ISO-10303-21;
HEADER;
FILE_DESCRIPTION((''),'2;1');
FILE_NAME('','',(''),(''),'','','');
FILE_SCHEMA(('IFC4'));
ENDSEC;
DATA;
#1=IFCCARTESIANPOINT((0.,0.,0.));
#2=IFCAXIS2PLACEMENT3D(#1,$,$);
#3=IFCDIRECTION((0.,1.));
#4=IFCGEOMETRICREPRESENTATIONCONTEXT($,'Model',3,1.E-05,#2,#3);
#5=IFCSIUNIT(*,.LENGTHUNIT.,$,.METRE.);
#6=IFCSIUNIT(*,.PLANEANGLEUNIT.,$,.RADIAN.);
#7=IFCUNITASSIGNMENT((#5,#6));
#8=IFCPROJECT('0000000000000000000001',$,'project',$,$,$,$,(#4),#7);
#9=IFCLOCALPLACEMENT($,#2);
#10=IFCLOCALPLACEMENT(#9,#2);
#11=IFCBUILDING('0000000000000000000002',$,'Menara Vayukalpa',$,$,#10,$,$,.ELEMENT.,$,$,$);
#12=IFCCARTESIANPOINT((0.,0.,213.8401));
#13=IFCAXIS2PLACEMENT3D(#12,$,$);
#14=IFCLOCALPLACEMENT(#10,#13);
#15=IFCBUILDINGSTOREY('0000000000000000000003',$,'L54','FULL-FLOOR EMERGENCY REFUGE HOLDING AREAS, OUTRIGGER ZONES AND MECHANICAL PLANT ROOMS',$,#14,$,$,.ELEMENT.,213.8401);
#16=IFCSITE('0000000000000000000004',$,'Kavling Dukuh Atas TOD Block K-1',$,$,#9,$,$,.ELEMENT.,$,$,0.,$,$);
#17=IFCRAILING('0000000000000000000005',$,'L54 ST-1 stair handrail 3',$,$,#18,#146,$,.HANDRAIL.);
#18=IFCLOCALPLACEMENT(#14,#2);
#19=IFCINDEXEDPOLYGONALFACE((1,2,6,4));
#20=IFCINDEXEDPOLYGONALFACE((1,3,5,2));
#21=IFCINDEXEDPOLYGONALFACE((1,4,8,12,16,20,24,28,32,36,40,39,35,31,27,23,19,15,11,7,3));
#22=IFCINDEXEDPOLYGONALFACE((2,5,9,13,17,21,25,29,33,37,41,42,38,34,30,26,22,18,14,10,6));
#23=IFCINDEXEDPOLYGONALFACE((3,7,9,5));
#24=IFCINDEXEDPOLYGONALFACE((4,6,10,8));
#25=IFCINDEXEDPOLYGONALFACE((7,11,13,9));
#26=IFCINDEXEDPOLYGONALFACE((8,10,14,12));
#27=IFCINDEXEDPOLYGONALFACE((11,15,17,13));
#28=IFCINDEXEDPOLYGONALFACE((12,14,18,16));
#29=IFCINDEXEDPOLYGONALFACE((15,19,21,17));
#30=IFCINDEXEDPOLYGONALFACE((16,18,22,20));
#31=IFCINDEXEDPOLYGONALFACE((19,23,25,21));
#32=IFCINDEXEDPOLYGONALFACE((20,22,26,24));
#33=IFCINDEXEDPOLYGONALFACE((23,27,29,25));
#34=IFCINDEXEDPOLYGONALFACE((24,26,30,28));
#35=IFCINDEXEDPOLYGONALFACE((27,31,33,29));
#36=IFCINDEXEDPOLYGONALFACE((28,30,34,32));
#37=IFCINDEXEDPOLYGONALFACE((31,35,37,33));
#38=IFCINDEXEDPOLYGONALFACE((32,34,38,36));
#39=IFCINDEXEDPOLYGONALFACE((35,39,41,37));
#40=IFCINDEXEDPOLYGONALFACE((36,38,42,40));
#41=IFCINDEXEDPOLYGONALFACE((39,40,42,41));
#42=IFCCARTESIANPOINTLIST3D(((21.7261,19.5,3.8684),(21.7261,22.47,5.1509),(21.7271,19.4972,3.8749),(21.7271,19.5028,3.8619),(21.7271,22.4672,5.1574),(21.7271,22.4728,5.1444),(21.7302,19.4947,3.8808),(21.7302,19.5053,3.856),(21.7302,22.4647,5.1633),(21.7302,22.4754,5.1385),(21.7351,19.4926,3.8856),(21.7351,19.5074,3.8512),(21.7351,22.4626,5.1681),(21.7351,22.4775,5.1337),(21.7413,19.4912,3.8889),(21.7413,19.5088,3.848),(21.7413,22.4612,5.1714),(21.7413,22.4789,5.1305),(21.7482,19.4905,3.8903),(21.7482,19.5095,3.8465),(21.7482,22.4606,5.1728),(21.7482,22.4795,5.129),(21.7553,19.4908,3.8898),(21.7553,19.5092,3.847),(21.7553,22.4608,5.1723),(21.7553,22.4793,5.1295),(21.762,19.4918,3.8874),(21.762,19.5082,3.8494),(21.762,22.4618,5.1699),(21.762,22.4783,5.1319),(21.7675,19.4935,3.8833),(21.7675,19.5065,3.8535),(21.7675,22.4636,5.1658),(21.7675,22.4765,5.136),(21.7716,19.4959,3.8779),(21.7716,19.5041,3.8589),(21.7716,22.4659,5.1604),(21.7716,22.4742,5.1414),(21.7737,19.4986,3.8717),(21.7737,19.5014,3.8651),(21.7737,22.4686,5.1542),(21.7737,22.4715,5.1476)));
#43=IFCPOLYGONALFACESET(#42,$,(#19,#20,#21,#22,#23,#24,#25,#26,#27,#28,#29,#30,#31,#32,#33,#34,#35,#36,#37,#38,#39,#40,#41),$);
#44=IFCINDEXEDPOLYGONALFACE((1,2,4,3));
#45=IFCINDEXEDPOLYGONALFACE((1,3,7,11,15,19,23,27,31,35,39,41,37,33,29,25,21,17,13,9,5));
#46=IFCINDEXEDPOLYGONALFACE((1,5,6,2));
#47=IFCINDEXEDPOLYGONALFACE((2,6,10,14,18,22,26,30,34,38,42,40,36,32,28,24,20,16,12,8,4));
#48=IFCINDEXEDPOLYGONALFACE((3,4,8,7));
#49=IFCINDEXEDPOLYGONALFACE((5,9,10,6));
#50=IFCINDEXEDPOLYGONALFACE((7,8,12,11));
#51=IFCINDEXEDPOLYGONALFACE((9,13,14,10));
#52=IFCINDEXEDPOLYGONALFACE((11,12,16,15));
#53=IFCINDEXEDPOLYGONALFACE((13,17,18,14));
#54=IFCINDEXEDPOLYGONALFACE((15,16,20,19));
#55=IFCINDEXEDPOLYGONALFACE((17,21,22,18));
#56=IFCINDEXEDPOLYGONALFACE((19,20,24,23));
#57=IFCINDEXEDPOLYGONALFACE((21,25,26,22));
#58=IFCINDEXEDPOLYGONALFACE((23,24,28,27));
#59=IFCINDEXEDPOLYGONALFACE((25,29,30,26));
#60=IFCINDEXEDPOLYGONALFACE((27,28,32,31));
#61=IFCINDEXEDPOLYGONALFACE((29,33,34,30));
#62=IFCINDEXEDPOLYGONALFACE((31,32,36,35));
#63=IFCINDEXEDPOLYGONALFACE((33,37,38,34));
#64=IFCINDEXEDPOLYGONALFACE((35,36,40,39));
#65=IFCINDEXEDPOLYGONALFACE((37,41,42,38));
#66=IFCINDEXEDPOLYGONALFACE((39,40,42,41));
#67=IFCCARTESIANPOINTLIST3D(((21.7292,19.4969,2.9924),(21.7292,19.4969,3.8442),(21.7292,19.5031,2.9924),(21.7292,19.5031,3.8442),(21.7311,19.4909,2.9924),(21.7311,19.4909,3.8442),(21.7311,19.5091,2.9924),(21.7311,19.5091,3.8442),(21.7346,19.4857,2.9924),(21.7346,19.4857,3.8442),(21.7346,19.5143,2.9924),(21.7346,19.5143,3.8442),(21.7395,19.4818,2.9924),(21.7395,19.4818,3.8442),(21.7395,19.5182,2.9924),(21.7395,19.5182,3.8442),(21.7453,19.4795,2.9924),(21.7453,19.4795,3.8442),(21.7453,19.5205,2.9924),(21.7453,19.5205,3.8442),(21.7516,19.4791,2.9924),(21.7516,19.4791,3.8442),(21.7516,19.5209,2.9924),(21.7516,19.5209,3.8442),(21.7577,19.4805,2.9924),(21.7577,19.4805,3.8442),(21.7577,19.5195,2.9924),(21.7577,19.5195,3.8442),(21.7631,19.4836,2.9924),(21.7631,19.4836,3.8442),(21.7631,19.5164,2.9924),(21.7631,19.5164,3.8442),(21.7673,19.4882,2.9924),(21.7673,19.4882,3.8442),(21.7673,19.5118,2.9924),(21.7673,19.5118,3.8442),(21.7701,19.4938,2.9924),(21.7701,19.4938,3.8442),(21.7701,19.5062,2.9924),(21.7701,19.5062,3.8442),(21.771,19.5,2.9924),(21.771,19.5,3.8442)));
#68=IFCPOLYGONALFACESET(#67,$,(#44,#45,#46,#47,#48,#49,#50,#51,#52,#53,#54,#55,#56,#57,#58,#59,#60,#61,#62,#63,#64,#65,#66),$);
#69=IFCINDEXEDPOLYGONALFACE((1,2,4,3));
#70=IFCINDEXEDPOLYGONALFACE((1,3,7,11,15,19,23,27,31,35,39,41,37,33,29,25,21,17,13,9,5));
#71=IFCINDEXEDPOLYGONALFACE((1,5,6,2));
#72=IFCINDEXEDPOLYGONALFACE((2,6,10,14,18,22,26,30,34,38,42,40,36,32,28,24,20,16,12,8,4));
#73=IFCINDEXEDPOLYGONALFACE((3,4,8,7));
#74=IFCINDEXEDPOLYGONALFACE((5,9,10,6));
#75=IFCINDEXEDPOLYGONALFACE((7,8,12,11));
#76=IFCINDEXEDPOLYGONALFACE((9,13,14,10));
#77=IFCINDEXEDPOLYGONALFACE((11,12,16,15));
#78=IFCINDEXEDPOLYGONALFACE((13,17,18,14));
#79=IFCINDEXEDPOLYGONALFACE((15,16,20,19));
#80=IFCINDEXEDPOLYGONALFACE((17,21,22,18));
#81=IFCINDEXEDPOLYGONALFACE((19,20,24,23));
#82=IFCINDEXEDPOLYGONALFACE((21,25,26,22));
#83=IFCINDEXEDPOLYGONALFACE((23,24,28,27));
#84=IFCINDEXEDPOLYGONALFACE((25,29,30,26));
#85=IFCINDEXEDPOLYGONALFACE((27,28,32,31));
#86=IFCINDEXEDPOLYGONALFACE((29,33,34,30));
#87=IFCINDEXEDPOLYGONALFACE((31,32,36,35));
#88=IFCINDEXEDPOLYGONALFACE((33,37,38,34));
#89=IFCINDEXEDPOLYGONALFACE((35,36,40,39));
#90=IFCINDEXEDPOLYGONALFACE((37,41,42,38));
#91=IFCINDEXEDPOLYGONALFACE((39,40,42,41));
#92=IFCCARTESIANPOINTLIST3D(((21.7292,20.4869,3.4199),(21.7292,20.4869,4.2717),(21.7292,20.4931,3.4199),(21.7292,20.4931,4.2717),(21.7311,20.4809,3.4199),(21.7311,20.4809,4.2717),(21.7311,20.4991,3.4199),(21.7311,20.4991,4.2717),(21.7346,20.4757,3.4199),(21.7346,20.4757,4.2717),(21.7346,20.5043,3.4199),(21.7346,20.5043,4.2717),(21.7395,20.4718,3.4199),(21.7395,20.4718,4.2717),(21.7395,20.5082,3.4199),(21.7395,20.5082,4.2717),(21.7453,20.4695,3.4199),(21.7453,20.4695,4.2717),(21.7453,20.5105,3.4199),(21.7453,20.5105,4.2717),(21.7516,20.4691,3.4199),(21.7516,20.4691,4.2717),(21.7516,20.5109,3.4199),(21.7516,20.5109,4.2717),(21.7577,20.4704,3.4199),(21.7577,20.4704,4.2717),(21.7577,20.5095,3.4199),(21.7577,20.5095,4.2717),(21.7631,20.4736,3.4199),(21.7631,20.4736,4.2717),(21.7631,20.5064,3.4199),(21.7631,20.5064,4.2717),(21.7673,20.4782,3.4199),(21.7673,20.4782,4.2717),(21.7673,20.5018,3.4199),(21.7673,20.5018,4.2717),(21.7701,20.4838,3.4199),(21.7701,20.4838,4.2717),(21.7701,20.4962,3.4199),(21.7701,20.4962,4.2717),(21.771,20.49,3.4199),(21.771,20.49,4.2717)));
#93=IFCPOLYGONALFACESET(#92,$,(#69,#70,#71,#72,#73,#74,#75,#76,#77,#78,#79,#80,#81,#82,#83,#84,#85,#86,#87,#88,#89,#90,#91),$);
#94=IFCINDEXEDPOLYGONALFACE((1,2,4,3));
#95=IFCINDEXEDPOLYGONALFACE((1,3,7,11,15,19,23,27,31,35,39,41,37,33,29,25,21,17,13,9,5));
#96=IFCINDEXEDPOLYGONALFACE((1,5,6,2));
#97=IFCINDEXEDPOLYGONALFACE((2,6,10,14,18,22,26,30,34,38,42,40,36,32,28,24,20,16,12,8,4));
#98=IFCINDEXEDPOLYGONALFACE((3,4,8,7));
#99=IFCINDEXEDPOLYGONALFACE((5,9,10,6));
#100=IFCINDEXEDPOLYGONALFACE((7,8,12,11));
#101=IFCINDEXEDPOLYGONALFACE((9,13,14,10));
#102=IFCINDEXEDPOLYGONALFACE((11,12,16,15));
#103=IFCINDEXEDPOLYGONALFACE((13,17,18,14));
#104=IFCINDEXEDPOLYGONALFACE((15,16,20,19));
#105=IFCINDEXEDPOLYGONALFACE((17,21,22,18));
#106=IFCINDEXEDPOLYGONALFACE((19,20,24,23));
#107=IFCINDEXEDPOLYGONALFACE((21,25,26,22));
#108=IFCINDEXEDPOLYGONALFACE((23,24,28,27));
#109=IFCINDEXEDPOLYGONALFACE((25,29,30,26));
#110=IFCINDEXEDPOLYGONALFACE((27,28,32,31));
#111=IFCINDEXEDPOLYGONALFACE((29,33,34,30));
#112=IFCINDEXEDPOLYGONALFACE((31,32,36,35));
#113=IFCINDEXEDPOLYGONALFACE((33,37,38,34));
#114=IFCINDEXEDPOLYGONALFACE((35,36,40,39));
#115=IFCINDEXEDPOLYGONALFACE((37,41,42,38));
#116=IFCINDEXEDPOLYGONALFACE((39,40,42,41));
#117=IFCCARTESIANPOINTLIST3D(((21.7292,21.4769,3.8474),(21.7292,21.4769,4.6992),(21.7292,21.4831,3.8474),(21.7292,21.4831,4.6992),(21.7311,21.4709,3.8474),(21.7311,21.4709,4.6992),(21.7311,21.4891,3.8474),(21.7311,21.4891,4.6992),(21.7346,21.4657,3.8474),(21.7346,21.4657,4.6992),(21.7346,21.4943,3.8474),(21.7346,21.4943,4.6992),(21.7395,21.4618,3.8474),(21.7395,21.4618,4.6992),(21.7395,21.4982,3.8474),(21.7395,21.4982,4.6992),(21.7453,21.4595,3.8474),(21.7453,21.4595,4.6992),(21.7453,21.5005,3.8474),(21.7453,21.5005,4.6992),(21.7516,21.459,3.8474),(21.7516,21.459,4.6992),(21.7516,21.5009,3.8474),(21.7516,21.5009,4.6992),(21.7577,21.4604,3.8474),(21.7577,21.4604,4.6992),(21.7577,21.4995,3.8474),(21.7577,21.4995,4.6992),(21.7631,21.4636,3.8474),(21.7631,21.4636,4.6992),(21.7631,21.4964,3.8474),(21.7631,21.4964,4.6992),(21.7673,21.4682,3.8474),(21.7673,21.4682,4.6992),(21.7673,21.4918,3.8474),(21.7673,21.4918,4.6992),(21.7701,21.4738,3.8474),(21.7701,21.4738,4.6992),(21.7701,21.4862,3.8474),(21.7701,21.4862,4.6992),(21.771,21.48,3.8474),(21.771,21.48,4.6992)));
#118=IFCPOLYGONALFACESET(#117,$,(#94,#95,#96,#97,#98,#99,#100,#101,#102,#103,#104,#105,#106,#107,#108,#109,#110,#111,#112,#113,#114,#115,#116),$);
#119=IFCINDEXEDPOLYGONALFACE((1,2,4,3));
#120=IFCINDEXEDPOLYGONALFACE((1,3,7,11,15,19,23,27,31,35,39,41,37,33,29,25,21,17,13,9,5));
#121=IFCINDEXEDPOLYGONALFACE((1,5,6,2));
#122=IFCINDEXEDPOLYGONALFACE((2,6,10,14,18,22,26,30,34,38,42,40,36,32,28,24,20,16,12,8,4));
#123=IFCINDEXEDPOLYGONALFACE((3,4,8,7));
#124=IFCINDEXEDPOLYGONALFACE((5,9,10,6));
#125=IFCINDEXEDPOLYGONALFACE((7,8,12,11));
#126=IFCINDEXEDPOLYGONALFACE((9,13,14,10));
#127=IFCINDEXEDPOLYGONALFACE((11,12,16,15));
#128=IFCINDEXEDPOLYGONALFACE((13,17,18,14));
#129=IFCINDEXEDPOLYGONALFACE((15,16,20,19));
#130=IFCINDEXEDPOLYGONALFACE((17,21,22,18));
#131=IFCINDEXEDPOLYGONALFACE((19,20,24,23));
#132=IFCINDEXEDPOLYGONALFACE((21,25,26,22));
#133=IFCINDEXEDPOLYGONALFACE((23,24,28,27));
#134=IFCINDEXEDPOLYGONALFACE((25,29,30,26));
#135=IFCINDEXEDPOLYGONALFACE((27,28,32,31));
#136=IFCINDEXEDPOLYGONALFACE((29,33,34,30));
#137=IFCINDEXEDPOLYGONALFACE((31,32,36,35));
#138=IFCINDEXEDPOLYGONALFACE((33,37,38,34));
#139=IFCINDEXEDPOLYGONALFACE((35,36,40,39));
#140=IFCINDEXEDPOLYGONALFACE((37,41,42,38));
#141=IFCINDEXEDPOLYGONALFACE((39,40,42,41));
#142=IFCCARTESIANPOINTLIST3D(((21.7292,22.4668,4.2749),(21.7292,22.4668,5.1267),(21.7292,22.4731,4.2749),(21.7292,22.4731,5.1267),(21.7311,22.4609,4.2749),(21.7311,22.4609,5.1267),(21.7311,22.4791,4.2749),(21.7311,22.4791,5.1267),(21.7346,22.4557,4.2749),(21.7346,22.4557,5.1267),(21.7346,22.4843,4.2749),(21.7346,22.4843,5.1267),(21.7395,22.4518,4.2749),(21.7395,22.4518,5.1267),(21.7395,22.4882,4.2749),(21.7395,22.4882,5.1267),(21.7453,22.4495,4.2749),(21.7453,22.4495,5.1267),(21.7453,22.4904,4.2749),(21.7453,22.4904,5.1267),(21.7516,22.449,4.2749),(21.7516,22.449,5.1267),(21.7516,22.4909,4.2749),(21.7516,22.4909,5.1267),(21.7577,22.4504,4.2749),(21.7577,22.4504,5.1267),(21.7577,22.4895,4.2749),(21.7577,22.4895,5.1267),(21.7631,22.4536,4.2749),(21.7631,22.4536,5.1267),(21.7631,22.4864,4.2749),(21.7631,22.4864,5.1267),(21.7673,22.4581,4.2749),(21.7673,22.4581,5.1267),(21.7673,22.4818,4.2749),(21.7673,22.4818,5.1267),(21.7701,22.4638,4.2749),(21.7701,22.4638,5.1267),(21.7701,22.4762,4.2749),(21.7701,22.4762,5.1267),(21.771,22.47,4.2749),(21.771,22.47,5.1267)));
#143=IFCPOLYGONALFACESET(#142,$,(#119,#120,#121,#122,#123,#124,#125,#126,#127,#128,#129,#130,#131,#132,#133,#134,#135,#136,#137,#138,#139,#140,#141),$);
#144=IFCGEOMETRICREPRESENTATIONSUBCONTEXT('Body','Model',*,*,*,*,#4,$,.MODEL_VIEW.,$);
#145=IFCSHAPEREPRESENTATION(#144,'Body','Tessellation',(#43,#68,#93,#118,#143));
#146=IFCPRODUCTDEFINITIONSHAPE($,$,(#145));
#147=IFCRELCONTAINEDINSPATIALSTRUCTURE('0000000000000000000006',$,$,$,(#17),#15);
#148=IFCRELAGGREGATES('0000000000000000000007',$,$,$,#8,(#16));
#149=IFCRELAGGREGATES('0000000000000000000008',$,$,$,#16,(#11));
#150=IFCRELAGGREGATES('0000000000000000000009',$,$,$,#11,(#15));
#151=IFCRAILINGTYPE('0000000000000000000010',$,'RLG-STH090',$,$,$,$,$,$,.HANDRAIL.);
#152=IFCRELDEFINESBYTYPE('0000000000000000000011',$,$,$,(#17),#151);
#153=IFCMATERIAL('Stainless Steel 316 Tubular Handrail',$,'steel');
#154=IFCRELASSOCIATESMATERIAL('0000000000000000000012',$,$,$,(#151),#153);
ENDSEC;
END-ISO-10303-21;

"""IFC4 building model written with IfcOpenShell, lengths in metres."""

from ifc_helpers import new_model, si_unit, direction, frame, origin, origin_2d, place, context, subcontext, project, spatial, circle, extrude, material, type_object, element, save


model = new_model("IFC4")

# Units and contexts
model_context = context("Model", 3, precision=1e-05, world=origin(), true_north=direction((0.0, 1.0)))
body_context = subcontext(model_context, "Body", "Model", "MODEL_VIEW")
ifc_project = project(units=[si_unit("LENGTHUNIT", "METRE"), si_unit("PLANEANGLEUNIT", "RADIAN")], contexts=[model_context])

# Site, building, storey
site_placement = place(None, origin())
site = spatial("IfcSite", under=ifc_project, at=site_placement, Name="Kavling Dukuh Atas TOD Block K-1", CompositionType="ELEMENT", RefElevation=0.0)
building_placement = place(site_placement, origin())
building = spatial("IfcBuilding", under=site, at=building_placement, Name="Menara Vayukalpa", CompositionType="ELEMENT")
storey_placement = place(building_placement, frame((0.0, 0.0, 213.8401)))
storey = spatial("IfcBuildingStorey", under=building, at=storey_placement, Name="L54", Description="FULL-FLOOR EMERGENCY REFUGE HOLDING AREAS, OUTRIGGER ZONES AND MECHANICAL PLANT ROOMS", CompositionType="ELEMENT", Elevation=213.8401)

# Railing
ifc_material_1 = material(Name="Stainless Steel 316 Tubular Handrail", Category="steel")
railing_type_1 = type_object("IfcRailingType", Name="RLG-STH090", PredefinedType="HANDRAIL", material=ifc_material_1)
railing_1_placement = place(storey_placement, frame((21.75, 19.5, 2.9924)))
element("IfcRailing", 1, at=railing_1_placement, inside=storey, type_object=railing_type_1, Name="L54 ST-1 stair handrail 3", PredefinedType="HANDRAIL", context=body_context, shape_type="SweptSolid", body=[
    extrude(circle(Radius=0.0239, at=origin_2d()), frame((0.0, 0.0, 0.876), z_axis=(0.0, 0.918064, 0.396432), x_axis=(-1.0, 0.0, 0.0)), (0.0, 0.0, 1.0), 3.2351),
    extrude(circle(Radius=0.021, at=origin_2d()), origin(), (0.0, 0.0, 1.0), 0.8518),
    extrude(circle(Radius=0.021, at=origin_2d()), frame((0.0, 0.99, 0.4275)), (0.0, 0.0, 1.0), 0.8518),
    extrude(circle(Radius=0.021, at=origin_2d()), frame((0.0, 1.98, 0.855)), (0.0, 0.0, 1.0), 0.8518),
    extrude(circle(Radius=0.021, at=origin_2d()), frame((0.0, 2.97, 1.2825)), (0.0, 0.0, 1.0), 0.8518),
])

save(model, "model.ifc")
